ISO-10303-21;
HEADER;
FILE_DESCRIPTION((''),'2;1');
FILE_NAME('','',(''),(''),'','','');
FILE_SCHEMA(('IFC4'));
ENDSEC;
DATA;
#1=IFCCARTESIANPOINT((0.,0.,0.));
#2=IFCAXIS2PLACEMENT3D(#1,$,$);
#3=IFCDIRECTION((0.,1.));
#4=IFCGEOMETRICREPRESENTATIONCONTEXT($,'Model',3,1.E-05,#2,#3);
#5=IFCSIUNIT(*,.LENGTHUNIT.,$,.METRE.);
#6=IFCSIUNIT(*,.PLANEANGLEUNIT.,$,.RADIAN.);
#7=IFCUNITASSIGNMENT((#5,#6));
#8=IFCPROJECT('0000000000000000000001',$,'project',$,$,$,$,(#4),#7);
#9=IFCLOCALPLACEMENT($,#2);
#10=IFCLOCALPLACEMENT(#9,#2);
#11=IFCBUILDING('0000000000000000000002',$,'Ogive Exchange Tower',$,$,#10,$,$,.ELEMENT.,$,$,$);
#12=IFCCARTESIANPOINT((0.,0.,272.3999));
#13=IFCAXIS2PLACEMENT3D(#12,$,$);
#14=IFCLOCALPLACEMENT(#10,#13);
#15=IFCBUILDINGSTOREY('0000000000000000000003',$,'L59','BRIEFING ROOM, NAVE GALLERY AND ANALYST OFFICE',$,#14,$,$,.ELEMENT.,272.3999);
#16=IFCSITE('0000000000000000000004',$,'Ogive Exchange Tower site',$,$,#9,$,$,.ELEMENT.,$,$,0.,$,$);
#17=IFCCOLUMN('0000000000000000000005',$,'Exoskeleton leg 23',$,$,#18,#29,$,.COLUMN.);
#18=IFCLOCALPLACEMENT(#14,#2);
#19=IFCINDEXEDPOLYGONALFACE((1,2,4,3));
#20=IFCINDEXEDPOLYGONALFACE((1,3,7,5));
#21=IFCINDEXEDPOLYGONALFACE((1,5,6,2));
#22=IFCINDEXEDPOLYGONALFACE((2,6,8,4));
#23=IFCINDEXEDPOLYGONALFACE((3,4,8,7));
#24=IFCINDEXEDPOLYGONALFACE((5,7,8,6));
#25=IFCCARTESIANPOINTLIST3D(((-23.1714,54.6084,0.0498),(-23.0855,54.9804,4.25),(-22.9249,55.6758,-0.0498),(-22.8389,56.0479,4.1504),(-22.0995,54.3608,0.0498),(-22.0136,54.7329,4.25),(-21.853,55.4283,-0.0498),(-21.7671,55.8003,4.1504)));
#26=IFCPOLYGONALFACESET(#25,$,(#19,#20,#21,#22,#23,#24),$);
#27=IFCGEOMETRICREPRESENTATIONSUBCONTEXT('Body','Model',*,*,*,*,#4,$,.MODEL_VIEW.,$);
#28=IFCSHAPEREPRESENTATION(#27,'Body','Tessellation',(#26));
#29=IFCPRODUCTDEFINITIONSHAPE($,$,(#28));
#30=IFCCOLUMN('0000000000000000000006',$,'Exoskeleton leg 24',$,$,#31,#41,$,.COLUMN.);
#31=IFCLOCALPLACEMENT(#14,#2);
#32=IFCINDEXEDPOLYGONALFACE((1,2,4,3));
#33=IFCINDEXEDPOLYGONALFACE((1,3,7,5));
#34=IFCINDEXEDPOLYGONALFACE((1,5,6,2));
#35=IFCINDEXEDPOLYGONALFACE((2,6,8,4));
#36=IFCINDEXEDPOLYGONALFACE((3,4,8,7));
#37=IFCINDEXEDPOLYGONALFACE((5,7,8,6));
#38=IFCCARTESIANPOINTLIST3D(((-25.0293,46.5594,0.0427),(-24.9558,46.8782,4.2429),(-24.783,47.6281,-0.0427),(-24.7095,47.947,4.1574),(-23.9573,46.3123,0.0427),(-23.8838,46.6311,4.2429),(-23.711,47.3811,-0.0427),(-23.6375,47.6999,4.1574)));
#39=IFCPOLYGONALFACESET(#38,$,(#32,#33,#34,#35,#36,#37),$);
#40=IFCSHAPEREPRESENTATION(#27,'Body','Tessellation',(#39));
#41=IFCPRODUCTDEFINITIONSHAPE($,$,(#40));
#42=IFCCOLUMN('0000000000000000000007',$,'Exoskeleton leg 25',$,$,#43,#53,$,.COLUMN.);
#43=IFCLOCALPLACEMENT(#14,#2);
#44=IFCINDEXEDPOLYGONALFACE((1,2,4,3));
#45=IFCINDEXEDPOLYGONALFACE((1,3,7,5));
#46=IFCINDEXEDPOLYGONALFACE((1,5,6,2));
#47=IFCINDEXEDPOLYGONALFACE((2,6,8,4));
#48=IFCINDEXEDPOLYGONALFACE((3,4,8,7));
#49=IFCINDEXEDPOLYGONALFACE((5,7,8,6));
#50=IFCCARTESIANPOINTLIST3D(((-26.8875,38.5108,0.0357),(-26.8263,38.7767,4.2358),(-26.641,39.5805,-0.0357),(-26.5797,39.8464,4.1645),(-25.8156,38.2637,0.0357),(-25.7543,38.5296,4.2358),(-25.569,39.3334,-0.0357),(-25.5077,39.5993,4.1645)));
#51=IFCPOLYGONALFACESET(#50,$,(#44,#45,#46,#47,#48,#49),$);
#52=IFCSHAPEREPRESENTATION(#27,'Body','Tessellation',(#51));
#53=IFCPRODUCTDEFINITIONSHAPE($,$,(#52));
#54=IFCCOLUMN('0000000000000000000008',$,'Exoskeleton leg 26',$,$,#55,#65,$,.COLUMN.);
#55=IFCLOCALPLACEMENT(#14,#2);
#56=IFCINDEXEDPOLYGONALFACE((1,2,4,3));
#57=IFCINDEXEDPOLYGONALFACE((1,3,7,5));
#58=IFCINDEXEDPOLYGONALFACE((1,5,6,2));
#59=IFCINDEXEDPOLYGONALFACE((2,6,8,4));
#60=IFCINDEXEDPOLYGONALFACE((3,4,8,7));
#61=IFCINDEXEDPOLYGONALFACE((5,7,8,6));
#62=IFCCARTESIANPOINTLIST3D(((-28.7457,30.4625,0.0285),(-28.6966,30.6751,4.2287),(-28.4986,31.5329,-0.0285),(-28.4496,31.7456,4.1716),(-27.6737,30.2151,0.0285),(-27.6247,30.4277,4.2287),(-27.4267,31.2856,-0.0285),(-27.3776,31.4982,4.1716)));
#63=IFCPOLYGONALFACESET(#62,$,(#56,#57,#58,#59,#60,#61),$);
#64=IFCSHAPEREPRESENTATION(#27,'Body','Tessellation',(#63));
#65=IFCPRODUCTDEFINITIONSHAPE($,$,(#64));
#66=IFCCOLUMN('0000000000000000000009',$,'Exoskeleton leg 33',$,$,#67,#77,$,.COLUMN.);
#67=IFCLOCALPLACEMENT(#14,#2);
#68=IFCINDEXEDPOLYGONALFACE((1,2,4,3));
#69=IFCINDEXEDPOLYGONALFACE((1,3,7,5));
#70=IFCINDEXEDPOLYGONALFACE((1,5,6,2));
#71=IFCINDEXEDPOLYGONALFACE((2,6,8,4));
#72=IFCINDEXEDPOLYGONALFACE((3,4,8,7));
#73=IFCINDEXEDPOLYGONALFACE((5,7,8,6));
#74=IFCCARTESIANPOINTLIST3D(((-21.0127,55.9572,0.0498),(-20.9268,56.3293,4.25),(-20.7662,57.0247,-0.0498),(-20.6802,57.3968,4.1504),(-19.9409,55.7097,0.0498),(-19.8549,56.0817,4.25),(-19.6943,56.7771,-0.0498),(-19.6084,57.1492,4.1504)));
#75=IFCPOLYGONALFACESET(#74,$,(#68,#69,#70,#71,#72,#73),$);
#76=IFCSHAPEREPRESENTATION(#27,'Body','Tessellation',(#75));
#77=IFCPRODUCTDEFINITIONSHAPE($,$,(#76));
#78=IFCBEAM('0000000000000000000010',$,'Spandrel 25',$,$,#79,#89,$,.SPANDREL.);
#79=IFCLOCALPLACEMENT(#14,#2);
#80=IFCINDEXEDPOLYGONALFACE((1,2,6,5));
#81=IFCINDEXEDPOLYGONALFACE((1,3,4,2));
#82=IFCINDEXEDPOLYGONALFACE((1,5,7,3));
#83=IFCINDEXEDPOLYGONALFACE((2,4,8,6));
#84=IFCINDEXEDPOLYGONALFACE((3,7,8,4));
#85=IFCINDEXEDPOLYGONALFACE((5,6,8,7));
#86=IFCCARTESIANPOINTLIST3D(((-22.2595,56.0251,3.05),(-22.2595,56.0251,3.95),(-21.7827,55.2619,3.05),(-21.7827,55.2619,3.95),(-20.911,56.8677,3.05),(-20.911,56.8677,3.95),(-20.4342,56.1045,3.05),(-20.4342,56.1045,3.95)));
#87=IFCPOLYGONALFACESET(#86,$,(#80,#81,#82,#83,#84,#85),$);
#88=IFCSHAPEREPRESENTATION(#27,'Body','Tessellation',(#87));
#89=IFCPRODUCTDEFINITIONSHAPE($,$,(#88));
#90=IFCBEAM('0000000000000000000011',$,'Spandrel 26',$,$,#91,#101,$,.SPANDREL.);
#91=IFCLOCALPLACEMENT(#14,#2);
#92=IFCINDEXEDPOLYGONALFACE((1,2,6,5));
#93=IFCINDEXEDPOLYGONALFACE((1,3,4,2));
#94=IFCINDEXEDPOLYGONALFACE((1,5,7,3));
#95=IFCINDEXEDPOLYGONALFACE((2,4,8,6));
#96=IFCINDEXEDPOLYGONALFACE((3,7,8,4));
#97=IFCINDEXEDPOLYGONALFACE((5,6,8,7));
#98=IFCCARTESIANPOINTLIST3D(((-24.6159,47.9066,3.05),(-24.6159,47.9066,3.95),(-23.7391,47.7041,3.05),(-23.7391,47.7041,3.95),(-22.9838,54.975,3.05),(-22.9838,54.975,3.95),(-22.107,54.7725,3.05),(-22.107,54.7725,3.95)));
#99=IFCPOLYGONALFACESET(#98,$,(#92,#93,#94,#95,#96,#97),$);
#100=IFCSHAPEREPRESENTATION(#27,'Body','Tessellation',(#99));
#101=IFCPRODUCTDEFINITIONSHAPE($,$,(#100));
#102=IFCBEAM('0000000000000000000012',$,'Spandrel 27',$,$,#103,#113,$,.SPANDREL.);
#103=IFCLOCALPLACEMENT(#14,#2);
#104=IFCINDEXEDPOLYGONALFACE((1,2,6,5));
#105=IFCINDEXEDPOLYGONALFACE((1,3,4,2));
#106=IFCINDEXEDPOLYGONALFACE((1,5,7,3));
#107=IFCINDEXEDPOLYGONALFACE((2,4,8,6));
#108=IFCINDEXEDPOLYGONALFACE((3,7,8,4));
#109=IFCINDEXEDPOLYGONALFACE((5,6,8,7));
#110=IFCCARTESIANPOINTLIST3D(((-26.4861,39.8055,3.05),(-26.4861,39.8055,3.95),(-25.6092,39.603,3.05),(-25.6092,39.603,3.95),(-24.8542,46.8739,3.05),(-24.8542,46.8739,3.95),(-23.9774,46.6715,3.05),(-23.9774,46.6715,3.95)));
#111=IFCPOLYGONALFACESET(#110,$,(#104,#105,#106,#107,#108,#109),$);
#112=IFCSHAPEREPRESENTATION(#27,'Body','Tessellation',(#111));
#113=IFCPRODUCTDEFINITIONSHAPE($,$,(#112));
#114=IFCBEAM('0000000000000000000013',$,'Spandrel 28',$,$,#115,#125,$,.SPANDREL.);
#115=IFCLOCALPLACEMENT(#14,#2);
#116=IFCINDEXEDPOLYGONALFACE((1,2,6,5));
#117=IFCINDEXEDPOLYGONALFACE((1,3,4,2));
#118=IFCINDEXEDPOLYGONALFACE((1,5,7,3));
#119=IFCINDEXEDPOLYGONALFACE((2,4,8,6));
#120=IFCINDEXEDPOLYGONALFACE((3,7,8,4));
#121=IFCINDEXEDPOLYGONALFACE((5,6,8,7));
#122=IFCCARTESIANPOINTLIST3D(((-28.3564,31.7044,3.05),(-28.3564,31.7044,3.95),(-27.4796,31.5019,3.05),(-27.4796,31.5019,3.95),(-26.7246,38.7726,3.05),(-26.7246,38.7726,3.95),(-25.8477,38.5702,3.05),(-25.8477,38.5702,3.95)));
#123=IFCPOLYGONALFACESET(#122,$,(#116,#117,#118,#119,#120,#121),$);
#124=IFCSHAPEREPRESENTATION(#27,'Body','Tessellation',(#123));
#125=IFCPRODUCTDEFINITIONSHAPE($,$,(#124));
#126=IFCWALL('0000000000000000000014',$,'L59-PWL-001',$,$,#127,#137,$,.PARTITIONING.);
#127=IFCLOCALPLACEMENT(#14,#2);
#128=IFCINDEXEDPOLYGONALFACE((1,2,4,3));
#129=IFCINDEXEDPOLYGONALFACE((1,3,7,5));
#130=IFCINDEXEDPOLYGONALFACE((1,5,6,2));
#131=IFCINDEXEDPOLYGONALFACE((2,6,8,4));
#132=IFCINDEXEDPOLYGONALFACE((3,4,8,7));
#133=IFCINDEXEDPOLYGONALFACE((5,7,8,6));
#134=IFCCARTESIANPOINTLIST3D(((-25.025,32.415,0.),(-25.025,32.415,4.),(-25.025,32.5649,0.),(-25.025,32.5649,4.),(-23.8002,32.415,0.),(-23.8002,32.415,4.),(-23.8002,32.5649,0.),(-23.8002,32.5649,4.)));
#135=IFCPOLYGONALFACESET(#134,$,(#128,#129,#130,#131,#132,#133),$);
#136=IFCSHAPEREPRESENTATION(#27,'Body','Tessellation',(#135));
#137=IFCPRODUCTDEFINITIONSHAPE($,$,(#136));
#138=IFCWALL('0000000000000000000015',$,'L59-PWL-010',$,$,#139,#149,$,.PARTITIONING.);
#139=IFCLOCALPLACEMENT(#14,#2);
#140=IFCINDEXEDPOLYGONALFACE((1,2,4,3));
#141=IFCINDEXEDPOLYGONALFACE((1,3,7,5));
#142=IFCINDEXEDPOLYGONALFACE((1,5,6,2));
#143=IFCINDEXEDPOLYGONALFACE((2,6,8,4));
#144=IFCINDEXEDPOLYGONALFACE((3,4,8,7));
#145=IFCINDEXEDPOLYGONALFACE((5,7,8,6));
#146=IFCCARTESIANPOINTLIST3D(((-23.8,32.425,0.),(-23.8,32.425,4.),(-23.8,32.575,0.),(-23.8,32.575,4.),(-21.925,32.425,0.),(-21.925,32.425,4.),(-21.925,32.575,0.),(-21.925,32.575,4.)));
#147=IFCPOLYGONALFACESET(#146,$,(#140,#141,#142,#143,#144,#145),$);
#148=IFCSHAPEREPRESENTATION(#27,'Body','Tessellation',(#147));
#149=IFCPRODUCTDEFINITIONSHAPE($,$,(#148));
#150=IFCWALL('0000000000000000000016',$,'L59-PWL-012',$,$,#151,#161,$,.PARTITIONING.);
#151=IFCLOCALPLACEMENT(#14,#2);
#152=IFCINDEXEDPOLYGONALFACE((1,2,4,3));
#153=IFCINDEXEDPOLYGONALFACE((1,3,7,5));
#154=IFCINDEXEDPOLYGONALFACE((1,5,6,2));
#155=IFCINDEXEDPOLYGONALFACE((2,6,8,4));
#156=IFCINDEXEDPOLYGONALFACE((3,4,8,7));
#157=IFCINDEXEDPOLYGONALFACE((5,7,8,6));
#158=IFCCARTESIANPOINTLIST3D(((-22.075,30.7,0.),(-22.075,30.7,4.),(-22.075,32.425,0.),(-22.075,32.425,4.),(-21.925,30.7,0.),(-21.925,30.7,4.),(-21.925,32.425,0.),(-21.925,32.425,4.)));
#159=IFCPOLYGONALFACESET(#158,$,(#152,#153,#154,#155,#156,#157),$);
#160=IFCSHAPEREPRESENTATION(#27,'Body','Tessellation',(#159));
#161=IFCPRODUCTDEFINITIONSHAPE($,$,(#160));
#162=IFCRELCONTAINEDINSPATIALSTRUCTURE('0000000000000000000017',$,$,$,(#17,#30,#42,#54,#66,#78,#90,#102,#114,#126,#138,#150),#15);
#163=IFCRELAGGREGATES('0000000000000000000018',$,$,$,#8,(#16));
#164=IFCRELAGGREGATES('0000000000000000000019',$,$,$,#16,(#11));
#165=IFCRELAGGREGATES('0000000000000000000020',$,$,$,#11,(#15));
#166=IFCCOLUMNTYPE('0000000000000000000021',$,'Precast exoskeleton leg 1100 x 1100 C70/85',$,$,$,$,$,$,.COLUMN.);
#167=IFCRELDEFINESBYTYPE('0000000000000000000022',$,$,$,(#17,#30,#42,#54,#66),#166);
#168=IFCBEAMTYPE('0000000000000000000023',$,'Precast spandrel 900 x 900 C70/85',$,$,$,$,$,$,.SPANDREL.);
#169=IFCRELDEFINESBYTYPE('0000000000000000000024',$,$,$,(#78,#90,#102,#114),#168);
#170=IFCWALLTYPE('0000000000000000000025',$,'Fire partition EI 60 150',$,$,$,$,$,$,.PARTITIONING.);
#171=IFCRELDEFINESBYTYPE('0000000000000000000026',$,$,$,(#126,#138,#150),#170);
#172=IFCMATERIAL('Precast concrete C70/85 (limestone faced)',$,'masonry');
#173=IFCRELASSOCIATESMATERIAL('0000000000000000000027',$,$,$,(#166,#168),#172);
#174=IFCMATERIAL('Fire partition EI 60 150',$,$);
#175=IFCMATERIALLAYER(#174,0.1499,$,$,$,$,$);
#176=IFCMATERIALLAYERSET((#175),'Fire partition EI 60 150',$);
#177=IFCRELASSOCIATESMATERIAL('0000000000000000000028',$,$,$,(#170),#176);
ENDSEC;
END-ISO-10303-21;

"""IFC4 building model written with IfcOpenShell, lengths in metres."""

from ifc_helpers import new_model, si_unit, direction, frame, frame_2d, origin, origin_2d, place, context, subcontext, project, spatial, rectangle, extrude, material, layer, layer_set, material_profile, profile_set, type_object, element, save


model = new_model("IFC4")

# Units and contexts
model_context = context("Model", 3, precision=1e-05, world=origin(), true_north=direction((0.0, 1.0)))
body_context = subcontext(model_context, "Body", "Model", "MODEL_VIEW")
ifc_project = project(units=[si_unit("LENGTHUNIT", "METRE"), si_unit("PLANEANGLEUNIT", "RADIAN")], contexts=[model_context])

# Site, building, storey
site_placement = place(None, origin())
site = spatial("IfcSite", under=ifc_project, at=site_placement, Name="Ogive Exchange Tower site", CompositionType="ELEMENT", RefElevation=0.0)
building_placement = place(site_placement, origin())
building = spatial("IfcBuilding", under=site, at=building_placement, Name="Ogive Exchange Tower", CompositionType="ELEMENT")
storey_placement = place(building_placement, frame((0.0, 0.0, 272.3999)))
storey = spatial("IfcBuildingStorey", under=building, at=storey_placement, Name="L59", Description="BRIEFING ROOM, NAVE GALLERY AND ANALYST OFFICE", CompositionType="ELEMENT", Elevation=272.3999)

# Columns
ifc_material_1 = material(Name="Precast concrete C70/85 (limestone faced)", Category="masonry")
ifc_material_profile_1 = material_profile(ifc_material_1, rectangle(XDim=1.1001, YDim=1.1001, at=origin_2d()), Name="1100 x 1100")
ifc_profile_set_1 = profile_set([ifc_material_profile_1], Name="Precast concrete C70/85 (limestone faced)")
column_type = type_object("IfcColumnType", Name="Precast exoskeleton leg 1100 x 1100 C70/85", PredefinedType="COLUMN", material=ifc_profile_set_1)
column_1_placement = place(storey_placement, frame((-22.5122, 55.0183, 0.0), z_axis=(0.020376, 0.08822, 0.995893), x_axis=(-0.974348, 0.225046, 0.0)))
element("IfcColumn", 1, at=column_1_placement, inside=storey, type_object=column_type, Name="Exoskeleton leg 23", PredefinedType="COLUMN", context=body_context, shape_type="SweptSolid", body=[
    extrude(rectangle(XDim=1.1001, YDim=1.1001, at=origin_2d()), origin(), (0.0, 0.0, 1.0), 4.2175),
])
column_2_placement = place(storey_placement, frame((-24.3701, 46.9702, 0.0), z_axis=(0.017443, 0.075683, 0.996979), x_axis=(-0.974454, 0.224587, 0.0)))
element("IfcColumn", 2, at=column_2_placement, inside=storey, type_object=column_type, Name="Exoskeleton leg 24", PredefinedType="COLUMN", context=body_context, shape_type="SweptSolid", body=[
    extrude(rectangle(XDim=1.1001, YDim=1.1001, at=origin_2d()), origin(), (0.0, 0.0, 1.0), 4.2129),
])
column_3_placement = place(storey_placement, frame((-26.2283, 38.9221, 0.0), z_axis=(0.014559, 0.063166, 0.997897), x_axis=(-0.974451, 0.224598, 0.0)))
element("IfcColumn", 3, at=column_3_placement, inside=storey, type_object=column_type, Name="Exoskeleton leg 25", PredefinedType="COLUMN", context=body_context, shape_type="SweptSolid", body=[
    extrude(rectangle(XDim=1.1001, YDim=1.1001, at=origin_2d()), origin(), (0.0, 0.0, 1.0), 4.209),
])
column_4_placement = place(storey_placement, frame((-28.0862, 30.874, 0.0), z_axis=(0.011668, 0.05056, 0.998653), x_axis=(-0.974391, 0.22486, 0.0)))
element("IfcColumn", 4, at=column_4_placement, inside=storey, type_object=column_type, Name="Exoskeleton leg 26", PredefinedType="COLUMN", context=body_context, shape_type="SweptSolid", body=[
    extrude(rectangle(XDim=1.1001, YDim=1.1001, at=origin_2d()), origin(), (0.0, 0.0, 1.0), 4.2058),
])
column_5_placement = place(storey_placement, frame((-20.3535, 56.3672, 0.0), z_axis=(0.020376, 0.08822, 0.995893), x_axis=(-0.974348, 0.225046, 0.0)))
element("IfcColumn", 5, at=column_5_placement, inside=storey, type_object=column_type, Name="Exoskeleton leg 33", PredefinedType="COLUMN", context=body_context, shape_type="SweptSolid", body=[
    extrude(rectangle(XDim=1.1001, YDim=1.1001, at=origin_2d()), origin(), (0.0, 0.0, 1.0), 4.2175),
])

# Beams
ifc_material_profile_2 = material_profile(ifc_material_1, rectangle(XDim=0.8999, YDim=0.8999, at=origin_2d()), Name="900 x 900")
ifc_profile_set_2 = profile_set([ifc_material_profile_2], Name="Precast concrete C70/85 (limestone faced)")
beam_type = type_object("IfcBeamType", Name="Precast spandrel 900 x 900 C70/85", PredefinedType="SPANDREL", material=ifc_profile_set_2)
beam_1_placement = place(storey_placement, frame((-20.6726, 56.4861, 3.5), z_axis=(-0.848059, -0.529902, 0.0), x_axis=(0.529902, -0.848059, 0.0)))
element("IfcBeam", 6, at=beam_1_placement, inside=storey, type_object=beam_type, Name="Spandrel 25", PredefinedType="SPANDREL", context=body_context, shape_type="SweptSolid", body=[
    extrude(rectangle(XDim=0.8999, YDim=0.8999, at=origin_2d()), origin(), (0.0, 0.0, 1.0), 1.5901),
])
for number, where, z_axis, x_axis, name in (
    (7, (-22.5454, 54.8738, 3.5), (-0.22498, -0.974363, 0.0), (0.974363, -0.22498, 0.0), "Spandrel 26"),
    (8, (-24.4158, 46.7727, 3.5), (-0.224948, -0.974371, 0.0), (0.974371, -0.224948, 0.0), "Spandrel 27"),
):
    element("IfcBeam", number, at=place(storey_placement, frame(where, z_axis=z_axis, x_axis=x_axis)), inside=storey, type_object=beam_type, Name=name, PredefinedType="SPANDREL", context=body_context, shape_type="SweptSolid", body=[
        extrude(rectangle(XDim=0.8999, YDim=0.8999, at=origin_2d()), origin(), (0.0, 0.0, 1.0), 7.2544),
    ])
beam_2_placement = place(storey_placement, frame((-26.2861, 38.6714, 3.5), z_axis=(-0.224955, -0.974369, 0.0), x_axis=(0.974369, -0.224955, 0.0)))
element("IfcBeam", 9, at=beam_2_placement, inside=storey, type_object=beam_type, Name="Spandrel 28", PredefinedType="SPANDREL", context=body_context, shape_type="SweptSolid", body=[
    extrude(rectangle(XDim=0.8999, YDim=0.8999, at=origin_2d()), origin(), (0.0, 0.0, 1.0), 7.2542),
])

# Walls
ifc_material_2 = material(Name="Fire partition EI 60 150")
ifc_layer_1 = layer(ifc_material_2, 0.1499)
ifc_layer_set_1 = layer_set([ifc_layer_1], Name="Fire partition EI 60 150")
wall_type_1 = type_object("IfcWallType", Name="Fire partition EI 60 150", PredefinedType="PARTITIONING", material=ifc_layer_set_1)
wall_1_placement = place(storey_placement, frame((-25.0249, 32.49, 0.0), z_axis=(0.0, 0.0, 1.0), x_axis=(1.0, 0.0, 0.0)))
element("IfcWall", 10, at=wall_1_placement, inside=storey, type_object=wall_type_1, Name="L59-PWL-001", PredefinedType="PARTITIONING", context=body_context, shape_type="SweptSolid", body=[
    extrude(rectangle(XDim=1.2249, YDim=0.1499, at=frame_2d((0.6123, 0.0))), origin(), (0.0, 0.0, 1.0), 4.0),
])
wall_2_placement = place(storey_placement, frame((-23.8, 32.5, 0.0), z_axis=(0.0, 0.0, 1.0), x_axis=(1.0, 0.0, 0.0)))
element("IfcWall", 11, at=wall_2_placement, inside=storey, type_object=wall_type_1, Name="L59-PWL-010", PredefinedType="PARTITIONING", context=body_context, shape_type="SweptSolid", body=[
    extrude(rectangle(XDim=1.875, YDim=0.1499, at=frame_2d((0.9375, 0.0))), origin(), (0.0, 0.0, 1.0), 4.0),
])
wall_3_placement = place(storey_placement, frame((-22.0, 32.425, 0.0), z_axis=(0.0, 0.0, 1.0), x_axis=(0.0, -1.0, 0.0)))
element("IfcWall", 12, at=wall_3_placement, inside=storey, type_object=wall_type_1, Name="L59-PWL-012", PredefinedType="PARTITIONING", context=body_context, shape_type="SweptSolid", body=[
    extrude(rectangle(XDim=1.7251, YDim=0.1499, at=frame_2d((0.8625, 0.0))), origin(), (0.0, 0.0, 1.0), 4.0),
])

save(model, "model.ifc")
